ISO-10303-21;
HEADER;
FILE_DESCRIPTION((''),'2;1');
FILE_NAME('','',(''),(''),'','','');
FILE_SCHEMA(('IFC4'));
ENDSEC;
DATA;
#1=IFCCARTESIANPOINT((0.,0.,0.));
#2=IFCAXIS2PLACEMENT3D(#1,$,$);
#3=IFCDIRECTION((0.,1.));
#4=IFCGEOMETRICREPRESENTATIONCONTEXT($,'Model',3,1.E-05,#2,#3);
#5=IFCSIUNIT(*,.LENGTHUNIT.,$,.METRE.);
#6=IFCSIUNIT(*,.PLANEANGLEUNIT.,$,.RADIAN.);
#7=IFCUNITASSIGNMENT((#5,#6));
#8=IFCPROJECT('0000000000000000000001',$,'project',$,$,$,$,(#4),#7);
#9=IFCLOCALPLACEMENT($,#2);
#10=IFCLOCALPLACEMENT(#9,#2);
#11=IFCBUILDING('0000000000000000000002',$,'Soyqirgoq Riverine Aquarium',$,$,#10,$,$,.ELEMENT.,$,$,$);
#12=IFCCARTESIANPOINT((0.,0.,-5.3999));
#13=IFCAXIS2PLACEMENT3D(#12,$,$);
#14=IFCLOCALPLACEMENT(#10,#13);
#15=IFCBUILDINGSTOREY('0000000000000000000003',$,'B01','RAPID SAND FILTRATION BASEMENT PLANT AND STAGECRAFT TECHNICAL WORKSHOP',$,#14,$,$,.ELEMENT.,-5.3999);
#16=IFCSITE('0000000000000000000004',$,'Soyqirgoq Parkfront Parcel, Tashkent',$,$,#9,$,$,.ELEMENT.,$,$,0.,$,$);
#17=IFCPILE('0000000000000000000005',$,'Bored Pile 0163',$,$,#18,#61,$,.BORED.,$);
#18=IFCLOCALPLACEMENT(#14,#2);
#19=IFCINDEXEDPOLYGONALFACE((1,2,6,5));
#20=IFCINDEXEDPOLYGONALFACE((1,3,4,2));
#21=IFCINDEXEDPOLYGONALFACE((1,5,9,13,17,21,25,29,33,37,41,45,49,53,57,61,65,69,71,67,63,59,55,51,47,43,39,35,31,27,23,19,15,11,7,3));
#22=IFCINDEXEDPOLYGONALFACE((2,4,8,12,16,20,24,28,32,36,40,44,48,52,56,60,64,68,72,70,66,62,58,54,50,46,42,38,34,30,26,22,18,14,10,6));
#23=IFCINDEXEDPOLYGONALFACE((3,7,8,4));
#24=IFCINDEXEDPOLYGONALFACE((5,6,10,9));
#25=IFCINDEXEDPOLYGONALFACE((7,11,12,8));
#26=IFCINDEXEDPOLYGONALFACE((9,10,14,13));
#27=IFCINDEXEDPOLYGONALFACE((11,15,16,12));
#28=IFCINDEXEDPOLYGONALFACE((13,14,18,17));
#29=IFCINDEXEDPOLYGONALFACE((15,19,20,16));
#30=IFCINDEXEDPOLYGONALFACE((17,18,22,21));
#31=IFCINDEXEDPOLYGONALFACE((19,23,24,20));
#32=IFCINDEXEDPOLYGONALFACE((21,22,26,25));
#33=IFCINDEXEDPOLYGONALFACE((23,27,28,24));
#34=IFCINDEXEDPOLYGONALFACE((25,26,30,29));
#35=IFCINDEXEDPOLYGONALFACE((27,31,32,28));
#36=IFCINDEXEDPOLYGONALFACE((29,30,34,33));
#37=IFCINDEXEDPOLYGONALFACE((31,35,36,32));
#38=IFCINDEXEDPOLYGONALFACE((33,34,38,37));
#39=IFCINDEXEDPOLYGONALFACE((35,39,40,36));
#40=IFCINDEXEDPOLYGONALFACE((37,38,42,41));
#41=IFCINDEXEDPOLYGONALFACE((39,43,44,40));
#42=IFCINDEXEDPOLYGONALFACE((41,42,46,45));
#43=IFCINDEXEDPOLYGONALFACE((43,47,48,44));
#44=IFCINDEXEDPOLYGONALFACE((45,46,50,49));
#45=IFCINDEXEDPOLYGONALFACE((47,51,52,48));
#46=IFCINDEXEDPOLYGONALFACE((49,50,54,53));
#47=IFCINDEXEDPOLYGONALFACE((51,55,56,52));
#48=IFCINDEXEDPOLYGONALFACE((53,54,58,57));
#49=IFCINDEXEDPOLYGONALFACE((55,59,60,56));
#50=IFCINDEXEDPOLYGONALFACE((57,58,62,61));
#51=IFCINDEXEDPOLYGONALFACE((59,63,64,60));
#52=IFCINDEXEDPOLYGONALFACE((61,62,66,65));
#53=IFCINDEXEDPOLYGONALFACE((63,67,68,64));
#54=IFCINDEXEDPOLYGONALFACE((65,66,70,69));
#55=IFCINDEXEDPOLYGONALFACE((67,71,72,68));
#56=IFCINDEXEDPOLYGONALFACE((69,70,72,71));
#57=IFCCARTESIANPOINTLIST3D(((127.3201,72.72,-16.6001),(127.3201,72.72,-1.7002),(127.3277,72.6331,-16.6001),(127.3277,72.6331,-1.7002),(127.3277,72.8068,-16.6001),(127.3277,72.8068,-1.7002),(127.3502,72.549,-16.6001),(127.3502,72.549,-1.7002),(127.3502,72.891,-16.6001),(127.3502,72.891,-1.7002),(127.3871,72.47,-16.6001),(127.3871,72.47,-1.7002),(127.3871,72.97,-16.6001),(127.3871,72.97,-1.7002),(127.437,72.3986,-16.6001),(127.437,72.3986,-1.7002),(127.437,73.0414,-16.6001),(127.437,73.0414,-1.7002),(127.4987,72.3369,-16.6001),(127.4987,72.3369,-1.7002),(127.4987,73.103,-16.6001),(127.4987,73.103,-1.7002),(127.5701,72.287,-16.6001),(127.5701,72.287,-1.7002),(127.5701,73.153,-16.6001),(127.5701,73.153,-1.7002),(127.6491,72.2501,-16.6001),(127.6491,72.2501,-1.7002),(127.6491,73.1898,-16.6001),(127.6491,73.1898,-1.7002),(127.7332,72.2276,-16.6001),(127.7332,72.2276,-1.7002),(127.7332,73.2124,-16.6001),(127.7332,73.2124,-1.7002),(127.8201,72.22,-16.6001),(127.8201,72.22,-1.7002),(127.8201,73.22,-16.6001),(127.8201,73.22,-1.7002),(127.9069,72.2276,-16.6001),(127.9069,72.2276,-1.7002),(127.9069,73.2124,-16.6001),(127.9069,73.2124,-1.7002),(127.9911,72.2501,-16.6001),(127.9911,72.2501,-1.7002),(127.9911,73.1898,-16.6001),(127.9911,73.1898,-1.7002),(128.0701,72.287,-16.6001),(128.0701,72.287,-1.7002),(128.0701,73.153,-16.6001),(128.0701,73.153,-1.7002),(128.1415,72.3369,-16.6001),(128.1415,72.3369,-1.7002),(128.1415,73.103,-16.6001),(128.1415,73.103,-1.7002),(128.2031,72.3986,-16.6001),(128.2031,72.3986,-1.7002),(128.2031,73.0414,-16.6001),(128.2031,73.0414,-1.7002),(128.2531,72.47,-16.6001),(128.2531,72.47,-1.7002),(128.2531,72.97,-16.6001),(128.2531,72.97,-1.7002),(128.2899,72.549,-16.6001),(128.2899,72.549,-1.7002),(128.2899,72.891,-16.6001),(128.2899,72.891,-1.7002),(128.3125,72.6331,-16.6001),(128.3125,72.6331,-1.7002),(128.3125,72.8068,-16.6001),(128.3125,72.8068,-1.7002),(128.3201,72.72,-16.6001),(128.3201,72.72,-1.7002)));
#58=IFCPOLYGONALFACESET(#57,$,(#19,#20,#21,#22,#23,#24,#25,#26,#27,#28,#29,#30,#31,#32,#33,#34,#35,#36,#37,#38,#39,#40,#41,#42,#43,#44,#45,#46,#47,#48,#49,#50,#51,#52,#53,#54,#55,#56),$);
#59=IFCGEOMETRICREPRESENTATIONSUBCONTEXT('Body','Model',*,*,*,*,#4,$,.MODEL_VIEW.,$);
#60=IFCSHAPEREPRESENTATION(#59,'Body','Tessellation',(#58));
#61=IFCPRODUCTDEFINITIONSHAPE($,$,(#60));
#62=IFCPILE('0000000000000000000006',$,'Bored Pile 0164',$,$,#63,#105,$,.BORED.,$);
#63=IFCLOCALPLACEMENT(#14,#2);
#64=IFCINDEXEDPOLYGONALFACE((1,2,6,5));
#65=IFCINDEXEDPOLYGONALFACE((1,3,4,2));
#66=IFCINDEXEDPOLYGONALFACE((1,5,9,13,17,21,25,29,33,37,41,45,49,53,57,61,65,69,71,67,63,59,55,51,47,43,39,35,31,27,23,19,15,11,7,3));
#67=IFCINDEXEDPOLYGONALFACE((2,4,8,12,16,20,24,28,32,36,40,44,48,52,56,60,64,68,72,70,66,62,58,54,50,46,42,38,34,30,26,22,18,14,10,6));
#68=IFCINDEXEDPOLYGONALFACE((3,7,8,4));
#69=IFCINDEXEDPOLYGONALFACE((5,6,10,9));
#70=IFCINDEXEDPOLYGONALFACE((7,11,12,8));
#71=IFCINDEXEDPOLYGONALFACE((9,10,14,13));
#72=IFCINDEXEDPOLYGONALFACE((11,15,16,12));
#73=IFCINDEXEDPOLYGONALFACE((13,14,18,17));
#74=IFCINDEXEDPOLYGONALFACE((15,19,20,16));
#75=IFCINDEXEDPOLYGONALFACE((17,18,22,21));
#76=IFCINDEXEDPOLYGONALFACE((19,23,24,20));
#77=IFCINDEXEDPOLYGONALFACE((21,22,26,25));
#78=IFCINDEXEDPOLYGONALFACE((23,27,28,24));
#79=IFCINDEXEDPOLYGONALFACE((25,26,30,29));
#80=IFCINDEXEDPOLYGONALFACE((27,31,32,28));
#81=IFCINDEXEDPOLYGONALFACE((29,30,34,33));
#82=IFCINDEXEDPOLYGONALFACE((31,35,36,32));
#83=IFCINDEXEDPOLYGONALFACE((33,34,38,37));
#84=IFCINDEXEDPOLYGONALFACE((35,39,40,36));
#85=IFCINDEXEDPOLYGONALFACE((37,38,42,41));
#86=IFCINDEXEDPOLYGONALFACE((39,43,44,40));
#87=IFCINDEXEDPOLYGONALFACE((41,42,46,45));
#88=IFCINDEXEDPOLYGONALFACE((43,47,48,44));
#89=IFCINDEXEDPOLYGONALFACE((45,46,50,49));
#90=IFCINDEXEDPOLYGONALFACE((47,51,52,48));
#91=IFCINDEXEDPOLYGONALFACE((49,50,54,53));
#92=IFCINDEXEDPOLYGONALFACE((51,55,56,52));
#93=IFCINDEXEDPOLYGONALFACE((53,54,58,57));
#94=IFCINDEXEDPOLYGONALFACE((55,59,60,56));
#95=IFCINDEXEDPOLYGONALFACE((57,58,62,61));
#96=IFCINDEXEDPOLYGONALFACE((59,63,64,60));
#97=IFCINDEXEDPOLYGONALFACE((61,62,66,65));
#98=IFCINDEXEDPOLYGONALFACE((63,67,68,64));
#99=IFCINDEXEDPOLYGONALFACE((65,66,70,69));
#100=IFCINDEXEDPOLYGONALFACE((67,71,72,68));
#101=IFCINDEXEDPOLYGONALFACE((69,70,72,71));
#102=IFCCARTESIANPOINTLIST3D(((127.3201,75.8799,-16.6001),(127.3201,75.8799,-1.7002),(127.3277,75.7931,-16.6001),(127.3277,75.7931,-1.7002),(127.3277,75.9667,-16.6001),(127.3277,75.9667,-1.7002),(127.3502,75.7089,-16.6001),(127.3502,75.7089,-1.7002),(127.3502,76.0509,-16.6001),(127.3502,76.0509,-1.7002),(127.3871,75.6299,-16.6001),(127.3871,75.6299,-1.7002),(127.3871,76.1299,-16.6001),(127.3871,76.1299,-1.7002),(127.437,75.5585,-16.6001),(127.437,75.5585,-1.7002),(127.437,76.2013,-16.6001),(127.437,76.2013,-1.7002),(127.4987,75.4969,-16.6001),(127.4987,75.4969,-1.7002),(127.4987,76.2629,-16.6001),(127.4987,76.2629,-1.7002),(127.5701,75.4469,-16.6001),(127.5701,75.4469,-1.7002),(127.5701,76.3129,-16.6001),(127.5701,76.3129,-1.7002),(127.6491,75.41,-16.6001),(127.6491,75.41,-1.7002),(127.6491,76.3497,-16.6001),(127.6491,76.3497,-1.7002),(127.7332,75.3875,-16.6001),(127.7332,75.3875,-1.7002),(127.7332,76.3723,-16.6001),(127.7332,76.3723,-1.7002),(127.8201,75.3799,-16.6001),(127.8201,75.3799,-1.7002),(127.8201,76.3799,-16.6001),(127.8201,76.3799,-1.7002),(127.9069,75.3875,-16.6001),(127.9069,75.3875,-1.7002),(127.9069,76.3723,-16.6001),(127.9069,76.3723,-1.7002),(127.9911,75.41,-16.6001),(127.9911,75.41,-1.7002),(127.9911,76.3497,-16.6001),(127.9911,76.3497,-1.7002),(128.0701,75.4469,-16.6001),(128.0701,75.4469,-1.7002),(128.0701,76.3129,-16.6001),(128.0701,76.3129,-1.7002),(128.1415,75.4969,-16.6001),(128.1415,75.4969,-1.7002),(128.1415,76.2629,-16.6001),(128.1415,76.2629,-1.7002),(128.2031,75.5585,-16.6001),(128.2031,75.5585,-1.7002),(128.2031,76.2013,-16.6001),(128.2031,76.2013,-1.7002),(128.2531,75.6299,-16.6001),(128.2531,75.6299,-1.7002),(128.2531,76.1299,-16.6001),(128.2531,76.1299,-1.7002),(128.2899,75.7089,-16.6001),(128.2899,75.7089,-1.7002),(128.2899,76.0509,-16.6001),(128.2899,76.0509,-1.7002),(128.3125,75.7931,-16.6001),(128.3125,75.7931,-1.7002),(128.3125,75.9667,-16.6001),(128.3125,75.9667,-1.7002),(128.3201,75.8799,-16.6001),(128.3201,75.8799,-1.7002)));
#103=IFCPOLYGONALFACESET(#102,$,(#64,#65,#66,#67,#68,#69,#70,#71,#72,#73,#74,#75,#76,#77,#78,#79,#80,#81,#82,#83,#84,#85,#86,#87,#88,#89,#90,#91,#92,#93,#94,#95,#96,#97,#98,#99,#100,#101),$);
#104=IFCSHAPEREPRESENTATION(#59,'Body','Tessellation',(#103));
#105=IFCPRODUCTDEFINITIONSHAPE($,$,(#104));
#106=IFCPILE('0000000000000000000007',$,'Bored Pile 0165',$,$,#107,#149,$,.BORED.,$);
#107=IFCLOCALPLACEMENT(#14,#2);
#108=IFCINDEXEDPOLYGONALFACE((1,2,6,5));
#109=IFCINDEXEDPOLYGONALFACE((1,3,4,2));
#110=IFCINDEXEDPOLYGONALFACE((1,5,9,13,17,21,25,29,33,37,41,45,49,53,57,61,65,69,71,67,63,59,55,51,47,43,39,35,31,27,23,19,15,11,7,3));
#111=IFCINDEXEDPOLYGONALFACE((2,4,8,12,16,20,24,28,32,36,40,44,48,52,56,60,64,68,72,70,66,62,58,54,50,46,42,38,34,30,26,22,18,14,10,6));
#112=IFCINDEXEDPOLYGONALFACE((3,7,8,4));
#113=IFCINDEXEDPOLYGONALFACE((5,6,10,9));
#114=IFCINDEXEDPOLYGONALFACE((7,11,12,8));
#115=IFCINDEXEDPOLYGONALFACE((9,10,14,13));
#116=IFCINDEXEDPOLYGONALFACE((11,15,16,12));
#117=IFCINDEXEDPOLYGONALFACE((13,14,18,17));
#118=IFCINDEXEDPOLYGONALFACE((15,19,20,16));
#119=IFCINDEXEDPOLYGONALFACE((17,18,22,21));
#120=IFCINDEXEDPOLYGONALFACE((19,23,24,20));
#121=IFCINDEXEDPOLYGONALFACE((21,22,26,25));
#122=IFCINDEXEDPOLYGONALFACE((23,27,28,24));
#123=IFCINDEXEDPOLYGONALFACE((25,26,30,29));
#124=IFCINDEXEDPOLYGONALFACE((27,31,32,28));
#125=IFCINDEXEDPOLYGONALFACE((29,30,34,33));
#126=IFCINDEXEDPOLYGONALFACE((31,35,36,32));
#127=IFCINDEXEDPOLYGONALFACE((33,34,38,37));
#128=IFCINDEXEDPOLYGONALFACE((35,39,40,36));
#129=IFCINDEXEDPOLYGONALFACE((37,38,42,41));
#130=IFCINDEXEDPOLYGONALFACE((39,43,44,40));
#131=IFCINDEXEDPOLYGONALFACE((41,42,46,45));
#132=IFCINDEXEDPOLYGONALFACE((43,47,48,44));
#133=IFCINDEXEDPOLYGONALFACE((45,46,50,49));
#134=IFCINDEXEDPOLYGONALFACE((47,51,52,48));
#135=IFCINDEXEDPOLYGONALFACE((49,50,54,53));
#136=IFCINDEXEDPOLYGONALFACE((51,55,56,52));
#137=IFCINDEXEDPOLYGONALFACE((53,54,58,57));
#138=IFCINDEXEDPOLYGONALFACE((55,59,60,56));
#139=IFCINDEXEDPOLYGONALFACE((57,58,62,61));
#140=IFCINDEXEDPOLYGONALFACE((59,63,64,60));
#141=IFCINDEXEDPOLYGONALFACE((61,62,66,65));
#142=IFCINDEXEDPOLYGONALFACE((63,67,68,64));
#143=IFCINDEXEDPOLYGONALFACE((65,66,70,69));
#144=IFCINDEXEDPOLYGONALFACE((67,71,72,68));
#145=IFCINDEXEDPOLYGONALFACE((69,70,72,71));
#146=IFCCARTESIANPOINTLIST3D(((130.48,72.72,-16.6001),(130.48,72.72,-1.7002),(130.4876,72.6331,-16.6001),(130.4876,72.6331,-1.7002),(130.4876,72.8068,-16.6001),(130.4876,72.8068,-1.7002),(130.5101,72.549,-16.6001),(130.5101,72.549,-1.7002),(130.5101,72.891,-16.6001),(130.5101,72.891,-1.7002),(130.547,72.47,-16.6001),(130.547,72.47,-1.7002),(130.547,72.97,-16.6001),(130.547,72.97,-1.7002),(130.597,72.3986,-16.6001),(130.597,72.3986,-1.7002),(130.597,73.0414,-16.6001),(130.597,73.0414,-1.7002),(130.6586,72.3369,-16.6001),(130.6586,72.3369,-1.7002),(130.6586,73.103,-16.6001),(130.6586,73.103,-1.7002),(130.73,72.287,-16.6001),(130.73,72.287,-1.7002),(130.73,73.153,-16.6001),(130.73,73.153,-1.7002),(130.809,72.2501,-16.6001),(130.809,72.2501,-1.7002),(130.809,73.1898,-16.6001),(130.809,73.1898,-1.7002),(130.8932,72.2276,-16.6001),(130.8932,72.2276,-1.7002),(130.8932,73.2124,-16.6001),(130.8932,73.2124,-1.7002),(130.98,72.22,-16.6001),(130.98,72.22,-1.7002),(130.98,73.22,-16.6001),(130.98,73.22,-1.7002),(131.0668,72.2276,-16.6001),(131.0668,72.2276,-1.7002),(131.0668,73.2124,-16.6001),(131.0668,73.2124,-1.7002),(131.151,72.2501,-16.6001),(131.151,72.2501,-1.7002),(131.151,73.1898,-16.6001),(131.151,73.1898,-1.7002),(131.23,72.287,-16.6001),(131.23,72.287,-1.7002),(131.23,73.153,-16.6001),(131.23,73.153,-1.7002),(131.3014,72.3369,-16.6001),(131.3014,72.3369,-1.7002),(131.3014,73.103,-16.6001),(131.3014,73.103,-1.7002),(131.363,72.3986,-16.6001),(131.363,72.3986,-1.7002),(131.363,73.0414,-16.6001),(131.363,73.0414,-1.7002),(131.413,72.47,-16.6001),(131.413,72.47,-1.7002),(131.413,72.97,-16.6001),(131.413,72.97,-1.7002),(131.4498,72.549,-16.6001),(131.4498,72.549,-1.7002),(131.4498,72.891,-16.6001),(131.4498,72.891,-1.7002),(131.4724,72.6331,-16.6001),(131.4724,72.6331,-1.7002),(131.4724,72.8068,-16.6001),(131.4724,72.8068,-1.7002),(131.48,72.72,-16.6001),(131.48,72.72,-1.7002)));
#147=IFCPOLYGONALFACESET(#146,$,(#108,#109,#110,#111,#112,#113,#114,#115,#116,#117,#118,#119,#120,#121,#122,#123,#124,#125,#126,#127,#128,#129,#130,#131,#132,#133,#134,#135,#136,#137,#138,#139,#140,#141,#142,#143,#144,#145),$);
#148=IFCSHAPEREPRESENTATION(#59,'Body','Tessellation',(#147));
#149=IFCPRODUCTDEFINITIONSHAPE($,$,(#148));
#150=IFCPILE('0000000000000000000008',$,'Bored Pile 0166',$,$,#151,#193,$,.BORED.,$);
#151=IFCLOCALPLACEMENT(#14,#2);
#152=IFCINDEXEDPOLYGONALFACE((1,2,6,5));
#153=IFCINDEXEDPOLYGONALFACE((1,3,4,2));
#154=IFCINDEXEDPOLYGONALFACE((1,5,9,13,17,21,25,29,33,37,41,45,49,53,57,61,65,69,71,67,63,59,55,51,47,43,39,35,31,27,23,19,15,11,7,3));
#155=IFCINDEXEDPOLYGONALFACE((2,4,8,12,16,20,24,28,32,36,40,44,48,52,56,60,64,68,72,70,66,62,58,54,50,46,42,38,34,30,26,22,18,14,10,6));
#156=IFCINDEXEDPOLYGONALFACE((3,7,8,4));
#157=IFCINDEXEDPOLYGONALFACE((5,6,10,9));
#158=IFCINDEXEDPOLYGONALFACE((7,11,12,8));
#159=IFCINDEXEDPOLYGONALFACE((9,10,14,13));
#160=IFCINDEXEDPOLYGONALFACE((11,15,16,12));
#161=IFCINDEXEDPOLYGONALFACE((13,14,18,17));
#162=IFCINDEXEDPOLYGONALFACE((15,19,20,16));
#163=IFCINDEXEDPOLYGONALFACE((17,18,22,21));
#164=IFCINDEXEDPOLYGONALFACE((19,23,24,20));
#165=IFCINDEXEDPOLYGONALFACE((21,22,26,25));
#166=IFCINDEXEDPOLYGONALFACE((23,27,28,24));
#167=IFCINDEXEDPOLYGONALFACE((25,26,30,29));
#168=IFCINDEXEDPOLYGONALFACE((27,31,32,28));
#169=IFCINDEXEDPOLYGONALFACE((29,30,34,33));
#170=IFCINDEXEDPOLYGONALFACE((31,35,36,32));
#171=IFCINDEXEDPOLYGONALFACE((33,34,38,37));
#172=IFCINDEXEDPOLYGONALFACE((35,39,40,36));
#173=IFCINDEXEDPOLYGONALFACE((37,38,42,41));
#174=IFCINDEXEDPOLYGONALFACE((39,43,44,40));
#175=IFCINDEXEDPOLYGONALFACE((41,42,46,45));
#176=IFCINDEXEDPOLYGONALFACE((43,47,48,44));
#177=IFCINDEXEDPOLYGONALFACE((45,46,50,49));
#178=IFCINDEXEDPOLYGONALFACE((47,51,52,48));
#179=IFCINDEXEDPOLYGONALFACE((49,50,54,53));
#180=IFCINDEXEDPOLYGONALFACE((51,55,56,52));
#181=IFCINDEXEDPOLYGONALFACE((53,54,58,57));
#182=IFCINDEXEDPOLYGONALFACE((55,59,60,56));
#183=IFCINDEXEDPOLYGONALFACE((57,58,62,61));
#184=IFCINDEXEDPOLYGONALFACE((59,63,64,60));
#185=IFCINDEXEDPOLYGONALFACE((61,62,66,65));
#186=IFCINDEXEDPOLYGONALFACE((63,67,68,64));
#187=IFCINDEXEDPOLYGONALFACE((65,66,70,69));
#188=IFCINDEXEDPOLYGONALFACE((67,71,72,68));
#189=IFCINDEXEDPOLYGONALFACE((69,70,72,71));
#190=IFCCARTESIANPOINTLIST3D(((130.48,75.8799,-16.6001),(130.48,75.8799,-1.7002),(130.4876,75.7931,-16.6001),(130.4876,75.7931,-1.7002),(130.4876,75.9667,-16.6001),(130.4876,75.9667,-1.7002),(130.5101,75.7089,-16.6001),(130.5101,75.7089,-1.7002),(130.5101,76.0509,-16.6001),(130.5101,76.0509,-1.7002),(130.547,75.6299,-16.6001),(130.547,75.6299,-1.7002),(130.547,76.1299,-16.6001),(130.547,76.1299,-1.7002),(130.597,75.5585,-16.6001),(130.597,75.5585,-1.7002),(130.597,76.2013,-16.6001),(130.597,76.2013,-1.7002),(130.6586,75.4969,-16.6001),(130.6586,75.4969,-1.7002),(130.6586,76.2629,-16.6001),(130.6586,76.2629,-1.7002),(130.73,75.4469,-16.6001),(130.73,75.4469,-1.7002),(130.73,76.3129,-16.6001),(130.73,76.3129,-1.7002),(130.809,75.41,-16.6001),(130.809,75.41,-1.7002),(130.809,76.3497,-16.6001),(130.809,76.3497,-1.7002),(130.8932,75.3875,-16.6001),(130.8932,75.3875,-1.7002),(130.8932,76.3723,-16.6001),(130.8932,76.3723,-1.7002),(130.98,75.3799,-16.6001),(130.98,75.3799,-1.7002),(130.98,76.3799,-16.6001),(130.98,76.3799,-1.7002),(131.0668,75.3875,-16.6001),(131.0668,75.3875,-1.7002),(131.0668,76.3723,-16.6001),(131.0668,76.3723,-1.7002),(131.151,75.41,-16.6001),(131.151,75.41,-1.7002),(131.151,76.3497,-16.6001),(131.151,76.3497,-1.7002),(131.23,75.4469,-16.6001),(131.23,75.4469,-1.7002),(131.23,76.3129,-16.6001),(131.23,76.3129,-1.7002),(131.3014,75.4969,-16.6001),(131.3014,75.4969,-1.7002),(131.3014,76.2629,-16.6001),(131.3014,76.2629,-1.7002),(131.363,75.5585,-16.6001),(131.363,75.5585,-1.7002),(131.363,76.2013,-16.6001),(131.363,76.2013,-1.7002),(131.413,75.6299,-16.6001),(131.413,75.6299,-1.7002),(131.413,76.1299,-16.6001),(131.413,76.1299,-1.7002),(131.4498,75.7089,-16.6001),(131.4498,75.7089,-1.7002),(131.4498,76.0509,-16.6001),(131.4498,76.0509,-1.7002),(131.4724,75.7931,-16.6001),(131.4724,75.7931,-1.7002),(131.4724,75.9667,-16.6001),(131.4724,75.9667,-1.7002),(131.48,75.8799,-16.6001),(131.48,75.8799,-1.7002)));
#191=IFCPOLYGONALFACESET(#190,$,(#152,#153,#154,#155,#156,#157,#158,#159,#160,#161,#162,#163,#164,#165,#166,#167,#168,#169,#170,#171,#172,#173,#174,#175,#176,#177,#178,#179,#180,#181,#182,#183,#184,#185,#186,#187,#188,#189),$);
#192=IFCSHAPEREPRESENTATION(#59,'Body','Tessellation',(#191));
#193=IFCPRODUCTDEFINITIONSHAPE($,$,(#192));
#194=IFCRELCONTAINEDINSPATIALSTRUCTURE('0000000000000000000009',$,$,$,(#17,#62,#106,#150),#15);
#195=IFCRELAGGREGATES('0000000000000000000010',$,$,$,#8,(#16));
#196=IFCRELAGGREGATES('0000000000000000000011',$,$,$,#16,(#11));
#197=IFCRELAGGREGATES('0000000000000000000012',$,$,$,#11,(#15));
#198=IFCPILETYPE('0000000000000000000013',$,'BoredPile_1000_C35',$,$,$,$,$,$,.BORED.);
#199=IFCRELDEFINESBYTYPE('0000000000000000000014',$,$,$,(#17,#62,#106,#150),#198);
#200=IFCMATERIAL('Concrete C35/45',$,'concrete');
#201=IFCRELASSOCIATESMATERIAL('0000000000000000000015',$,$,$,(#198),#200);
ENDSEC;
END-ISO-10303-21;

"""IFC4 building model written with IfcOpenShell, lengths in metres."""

from ifc_helpers import new_model, si_unit, direction, frame, origin, origin_2d, place, context, subcontext, project, spatial, circle, extrude, material, material_profile, profile_set, type_object, element, save


model = new_model("IFC4")

# Units and contexts
model_context = context("Model", 3, precision=1e-05, world=origin(), true_north=direction((0.0, 1.0)))
body_context = subcontext(model_context, "Body", "Model", "MODEL_VIEW")
ifc_project = project(units=[si_unit("LENGTHUNIT", "METRE"), si_unit("PLANEANGLEUNIT", "RADIAN")], contexts=[model_context])

# Site, building, storey
site_placement = place(None, origin())
site = spatial("IfcSite", under=ifc_project, at=site_placement, Name="Soyqirgoq Parkfront Parcel, Tashkent", CompositionType="ELEMENT", RefElevation=0.0)
building_placement = place(site_placement, origin())
building = spatial("IfcBuilding", under=site, at=building_placement, Name="Soyqirgoq Riverine Aquarium", CompositionType="ELEMENT")
storey_placement = place(building_placement, frame((0.0, 0.0, -5.3999)))
storey = spatial("IfcBuildingStorey", under=building, at=storey_placement, Name="B01", Description="RAPID SAND FILTRATION BASEMENT PLANT AND STAGECRAFT TECHNICAL WORKSHOP", CompositionType="ELEMENT", Elevation=-5.3999)

# Piles
ifc_material_1 = material(Name="Concrete C35/45", Category="concrete")
ifc_material_profile_1 = material_profile(ifc_material_1, circle(Radius=0.5, at=origin_2d()), Name="BP D1000")
ifc_profile_set_1 = profile_set([ifc_material_profile_1], Name="Concrete C35/45")
pile_type = type_object("IfcPileType", Name="BoredPile_1000_C35", PredefinedType="BORED", material=ifc_profile_set_1)
for number, where, z_axis, x_axis, name in (
    (1, (127.8201, 72.72, -1.7002), (0.0, 0.0, -1.0), (1.0, 0.0, 0.0), "Bored Pile 0163"),
    (2, (127.8201, 75.8799, -1.7002), (0.0, 0.0, -1.0), (1.0, 0.0, 0.0), "Bored Pile 0164"),
    (3, (130.98, 72.72, -1.7002), (0.0, 0.0, -1.0), (1.0, 0.0, 0.0), "Bored Pile 0165"),
    (4, (130.98, 75.8799, -1.7002), (0.0, 0.0, -1.0), (1.0, 0.0, 0.0), "Bored Pile 0166"),
):
    element("IfcPile", number, at=place(storey_placement, frame(where, z_axis=z_axis, x_axis=x_axis)), inside=storey, type_object=pile_type, Name=name, PredefinedType="BORED", context=body_context, shape_type="SweptSolid", body=[
        extrude(circle(Radius=0.5, at=origin_2d()), origin(), (0.0, 0.0, 1.0), 14.8999),
    ])

save(model, "model.ifc")
